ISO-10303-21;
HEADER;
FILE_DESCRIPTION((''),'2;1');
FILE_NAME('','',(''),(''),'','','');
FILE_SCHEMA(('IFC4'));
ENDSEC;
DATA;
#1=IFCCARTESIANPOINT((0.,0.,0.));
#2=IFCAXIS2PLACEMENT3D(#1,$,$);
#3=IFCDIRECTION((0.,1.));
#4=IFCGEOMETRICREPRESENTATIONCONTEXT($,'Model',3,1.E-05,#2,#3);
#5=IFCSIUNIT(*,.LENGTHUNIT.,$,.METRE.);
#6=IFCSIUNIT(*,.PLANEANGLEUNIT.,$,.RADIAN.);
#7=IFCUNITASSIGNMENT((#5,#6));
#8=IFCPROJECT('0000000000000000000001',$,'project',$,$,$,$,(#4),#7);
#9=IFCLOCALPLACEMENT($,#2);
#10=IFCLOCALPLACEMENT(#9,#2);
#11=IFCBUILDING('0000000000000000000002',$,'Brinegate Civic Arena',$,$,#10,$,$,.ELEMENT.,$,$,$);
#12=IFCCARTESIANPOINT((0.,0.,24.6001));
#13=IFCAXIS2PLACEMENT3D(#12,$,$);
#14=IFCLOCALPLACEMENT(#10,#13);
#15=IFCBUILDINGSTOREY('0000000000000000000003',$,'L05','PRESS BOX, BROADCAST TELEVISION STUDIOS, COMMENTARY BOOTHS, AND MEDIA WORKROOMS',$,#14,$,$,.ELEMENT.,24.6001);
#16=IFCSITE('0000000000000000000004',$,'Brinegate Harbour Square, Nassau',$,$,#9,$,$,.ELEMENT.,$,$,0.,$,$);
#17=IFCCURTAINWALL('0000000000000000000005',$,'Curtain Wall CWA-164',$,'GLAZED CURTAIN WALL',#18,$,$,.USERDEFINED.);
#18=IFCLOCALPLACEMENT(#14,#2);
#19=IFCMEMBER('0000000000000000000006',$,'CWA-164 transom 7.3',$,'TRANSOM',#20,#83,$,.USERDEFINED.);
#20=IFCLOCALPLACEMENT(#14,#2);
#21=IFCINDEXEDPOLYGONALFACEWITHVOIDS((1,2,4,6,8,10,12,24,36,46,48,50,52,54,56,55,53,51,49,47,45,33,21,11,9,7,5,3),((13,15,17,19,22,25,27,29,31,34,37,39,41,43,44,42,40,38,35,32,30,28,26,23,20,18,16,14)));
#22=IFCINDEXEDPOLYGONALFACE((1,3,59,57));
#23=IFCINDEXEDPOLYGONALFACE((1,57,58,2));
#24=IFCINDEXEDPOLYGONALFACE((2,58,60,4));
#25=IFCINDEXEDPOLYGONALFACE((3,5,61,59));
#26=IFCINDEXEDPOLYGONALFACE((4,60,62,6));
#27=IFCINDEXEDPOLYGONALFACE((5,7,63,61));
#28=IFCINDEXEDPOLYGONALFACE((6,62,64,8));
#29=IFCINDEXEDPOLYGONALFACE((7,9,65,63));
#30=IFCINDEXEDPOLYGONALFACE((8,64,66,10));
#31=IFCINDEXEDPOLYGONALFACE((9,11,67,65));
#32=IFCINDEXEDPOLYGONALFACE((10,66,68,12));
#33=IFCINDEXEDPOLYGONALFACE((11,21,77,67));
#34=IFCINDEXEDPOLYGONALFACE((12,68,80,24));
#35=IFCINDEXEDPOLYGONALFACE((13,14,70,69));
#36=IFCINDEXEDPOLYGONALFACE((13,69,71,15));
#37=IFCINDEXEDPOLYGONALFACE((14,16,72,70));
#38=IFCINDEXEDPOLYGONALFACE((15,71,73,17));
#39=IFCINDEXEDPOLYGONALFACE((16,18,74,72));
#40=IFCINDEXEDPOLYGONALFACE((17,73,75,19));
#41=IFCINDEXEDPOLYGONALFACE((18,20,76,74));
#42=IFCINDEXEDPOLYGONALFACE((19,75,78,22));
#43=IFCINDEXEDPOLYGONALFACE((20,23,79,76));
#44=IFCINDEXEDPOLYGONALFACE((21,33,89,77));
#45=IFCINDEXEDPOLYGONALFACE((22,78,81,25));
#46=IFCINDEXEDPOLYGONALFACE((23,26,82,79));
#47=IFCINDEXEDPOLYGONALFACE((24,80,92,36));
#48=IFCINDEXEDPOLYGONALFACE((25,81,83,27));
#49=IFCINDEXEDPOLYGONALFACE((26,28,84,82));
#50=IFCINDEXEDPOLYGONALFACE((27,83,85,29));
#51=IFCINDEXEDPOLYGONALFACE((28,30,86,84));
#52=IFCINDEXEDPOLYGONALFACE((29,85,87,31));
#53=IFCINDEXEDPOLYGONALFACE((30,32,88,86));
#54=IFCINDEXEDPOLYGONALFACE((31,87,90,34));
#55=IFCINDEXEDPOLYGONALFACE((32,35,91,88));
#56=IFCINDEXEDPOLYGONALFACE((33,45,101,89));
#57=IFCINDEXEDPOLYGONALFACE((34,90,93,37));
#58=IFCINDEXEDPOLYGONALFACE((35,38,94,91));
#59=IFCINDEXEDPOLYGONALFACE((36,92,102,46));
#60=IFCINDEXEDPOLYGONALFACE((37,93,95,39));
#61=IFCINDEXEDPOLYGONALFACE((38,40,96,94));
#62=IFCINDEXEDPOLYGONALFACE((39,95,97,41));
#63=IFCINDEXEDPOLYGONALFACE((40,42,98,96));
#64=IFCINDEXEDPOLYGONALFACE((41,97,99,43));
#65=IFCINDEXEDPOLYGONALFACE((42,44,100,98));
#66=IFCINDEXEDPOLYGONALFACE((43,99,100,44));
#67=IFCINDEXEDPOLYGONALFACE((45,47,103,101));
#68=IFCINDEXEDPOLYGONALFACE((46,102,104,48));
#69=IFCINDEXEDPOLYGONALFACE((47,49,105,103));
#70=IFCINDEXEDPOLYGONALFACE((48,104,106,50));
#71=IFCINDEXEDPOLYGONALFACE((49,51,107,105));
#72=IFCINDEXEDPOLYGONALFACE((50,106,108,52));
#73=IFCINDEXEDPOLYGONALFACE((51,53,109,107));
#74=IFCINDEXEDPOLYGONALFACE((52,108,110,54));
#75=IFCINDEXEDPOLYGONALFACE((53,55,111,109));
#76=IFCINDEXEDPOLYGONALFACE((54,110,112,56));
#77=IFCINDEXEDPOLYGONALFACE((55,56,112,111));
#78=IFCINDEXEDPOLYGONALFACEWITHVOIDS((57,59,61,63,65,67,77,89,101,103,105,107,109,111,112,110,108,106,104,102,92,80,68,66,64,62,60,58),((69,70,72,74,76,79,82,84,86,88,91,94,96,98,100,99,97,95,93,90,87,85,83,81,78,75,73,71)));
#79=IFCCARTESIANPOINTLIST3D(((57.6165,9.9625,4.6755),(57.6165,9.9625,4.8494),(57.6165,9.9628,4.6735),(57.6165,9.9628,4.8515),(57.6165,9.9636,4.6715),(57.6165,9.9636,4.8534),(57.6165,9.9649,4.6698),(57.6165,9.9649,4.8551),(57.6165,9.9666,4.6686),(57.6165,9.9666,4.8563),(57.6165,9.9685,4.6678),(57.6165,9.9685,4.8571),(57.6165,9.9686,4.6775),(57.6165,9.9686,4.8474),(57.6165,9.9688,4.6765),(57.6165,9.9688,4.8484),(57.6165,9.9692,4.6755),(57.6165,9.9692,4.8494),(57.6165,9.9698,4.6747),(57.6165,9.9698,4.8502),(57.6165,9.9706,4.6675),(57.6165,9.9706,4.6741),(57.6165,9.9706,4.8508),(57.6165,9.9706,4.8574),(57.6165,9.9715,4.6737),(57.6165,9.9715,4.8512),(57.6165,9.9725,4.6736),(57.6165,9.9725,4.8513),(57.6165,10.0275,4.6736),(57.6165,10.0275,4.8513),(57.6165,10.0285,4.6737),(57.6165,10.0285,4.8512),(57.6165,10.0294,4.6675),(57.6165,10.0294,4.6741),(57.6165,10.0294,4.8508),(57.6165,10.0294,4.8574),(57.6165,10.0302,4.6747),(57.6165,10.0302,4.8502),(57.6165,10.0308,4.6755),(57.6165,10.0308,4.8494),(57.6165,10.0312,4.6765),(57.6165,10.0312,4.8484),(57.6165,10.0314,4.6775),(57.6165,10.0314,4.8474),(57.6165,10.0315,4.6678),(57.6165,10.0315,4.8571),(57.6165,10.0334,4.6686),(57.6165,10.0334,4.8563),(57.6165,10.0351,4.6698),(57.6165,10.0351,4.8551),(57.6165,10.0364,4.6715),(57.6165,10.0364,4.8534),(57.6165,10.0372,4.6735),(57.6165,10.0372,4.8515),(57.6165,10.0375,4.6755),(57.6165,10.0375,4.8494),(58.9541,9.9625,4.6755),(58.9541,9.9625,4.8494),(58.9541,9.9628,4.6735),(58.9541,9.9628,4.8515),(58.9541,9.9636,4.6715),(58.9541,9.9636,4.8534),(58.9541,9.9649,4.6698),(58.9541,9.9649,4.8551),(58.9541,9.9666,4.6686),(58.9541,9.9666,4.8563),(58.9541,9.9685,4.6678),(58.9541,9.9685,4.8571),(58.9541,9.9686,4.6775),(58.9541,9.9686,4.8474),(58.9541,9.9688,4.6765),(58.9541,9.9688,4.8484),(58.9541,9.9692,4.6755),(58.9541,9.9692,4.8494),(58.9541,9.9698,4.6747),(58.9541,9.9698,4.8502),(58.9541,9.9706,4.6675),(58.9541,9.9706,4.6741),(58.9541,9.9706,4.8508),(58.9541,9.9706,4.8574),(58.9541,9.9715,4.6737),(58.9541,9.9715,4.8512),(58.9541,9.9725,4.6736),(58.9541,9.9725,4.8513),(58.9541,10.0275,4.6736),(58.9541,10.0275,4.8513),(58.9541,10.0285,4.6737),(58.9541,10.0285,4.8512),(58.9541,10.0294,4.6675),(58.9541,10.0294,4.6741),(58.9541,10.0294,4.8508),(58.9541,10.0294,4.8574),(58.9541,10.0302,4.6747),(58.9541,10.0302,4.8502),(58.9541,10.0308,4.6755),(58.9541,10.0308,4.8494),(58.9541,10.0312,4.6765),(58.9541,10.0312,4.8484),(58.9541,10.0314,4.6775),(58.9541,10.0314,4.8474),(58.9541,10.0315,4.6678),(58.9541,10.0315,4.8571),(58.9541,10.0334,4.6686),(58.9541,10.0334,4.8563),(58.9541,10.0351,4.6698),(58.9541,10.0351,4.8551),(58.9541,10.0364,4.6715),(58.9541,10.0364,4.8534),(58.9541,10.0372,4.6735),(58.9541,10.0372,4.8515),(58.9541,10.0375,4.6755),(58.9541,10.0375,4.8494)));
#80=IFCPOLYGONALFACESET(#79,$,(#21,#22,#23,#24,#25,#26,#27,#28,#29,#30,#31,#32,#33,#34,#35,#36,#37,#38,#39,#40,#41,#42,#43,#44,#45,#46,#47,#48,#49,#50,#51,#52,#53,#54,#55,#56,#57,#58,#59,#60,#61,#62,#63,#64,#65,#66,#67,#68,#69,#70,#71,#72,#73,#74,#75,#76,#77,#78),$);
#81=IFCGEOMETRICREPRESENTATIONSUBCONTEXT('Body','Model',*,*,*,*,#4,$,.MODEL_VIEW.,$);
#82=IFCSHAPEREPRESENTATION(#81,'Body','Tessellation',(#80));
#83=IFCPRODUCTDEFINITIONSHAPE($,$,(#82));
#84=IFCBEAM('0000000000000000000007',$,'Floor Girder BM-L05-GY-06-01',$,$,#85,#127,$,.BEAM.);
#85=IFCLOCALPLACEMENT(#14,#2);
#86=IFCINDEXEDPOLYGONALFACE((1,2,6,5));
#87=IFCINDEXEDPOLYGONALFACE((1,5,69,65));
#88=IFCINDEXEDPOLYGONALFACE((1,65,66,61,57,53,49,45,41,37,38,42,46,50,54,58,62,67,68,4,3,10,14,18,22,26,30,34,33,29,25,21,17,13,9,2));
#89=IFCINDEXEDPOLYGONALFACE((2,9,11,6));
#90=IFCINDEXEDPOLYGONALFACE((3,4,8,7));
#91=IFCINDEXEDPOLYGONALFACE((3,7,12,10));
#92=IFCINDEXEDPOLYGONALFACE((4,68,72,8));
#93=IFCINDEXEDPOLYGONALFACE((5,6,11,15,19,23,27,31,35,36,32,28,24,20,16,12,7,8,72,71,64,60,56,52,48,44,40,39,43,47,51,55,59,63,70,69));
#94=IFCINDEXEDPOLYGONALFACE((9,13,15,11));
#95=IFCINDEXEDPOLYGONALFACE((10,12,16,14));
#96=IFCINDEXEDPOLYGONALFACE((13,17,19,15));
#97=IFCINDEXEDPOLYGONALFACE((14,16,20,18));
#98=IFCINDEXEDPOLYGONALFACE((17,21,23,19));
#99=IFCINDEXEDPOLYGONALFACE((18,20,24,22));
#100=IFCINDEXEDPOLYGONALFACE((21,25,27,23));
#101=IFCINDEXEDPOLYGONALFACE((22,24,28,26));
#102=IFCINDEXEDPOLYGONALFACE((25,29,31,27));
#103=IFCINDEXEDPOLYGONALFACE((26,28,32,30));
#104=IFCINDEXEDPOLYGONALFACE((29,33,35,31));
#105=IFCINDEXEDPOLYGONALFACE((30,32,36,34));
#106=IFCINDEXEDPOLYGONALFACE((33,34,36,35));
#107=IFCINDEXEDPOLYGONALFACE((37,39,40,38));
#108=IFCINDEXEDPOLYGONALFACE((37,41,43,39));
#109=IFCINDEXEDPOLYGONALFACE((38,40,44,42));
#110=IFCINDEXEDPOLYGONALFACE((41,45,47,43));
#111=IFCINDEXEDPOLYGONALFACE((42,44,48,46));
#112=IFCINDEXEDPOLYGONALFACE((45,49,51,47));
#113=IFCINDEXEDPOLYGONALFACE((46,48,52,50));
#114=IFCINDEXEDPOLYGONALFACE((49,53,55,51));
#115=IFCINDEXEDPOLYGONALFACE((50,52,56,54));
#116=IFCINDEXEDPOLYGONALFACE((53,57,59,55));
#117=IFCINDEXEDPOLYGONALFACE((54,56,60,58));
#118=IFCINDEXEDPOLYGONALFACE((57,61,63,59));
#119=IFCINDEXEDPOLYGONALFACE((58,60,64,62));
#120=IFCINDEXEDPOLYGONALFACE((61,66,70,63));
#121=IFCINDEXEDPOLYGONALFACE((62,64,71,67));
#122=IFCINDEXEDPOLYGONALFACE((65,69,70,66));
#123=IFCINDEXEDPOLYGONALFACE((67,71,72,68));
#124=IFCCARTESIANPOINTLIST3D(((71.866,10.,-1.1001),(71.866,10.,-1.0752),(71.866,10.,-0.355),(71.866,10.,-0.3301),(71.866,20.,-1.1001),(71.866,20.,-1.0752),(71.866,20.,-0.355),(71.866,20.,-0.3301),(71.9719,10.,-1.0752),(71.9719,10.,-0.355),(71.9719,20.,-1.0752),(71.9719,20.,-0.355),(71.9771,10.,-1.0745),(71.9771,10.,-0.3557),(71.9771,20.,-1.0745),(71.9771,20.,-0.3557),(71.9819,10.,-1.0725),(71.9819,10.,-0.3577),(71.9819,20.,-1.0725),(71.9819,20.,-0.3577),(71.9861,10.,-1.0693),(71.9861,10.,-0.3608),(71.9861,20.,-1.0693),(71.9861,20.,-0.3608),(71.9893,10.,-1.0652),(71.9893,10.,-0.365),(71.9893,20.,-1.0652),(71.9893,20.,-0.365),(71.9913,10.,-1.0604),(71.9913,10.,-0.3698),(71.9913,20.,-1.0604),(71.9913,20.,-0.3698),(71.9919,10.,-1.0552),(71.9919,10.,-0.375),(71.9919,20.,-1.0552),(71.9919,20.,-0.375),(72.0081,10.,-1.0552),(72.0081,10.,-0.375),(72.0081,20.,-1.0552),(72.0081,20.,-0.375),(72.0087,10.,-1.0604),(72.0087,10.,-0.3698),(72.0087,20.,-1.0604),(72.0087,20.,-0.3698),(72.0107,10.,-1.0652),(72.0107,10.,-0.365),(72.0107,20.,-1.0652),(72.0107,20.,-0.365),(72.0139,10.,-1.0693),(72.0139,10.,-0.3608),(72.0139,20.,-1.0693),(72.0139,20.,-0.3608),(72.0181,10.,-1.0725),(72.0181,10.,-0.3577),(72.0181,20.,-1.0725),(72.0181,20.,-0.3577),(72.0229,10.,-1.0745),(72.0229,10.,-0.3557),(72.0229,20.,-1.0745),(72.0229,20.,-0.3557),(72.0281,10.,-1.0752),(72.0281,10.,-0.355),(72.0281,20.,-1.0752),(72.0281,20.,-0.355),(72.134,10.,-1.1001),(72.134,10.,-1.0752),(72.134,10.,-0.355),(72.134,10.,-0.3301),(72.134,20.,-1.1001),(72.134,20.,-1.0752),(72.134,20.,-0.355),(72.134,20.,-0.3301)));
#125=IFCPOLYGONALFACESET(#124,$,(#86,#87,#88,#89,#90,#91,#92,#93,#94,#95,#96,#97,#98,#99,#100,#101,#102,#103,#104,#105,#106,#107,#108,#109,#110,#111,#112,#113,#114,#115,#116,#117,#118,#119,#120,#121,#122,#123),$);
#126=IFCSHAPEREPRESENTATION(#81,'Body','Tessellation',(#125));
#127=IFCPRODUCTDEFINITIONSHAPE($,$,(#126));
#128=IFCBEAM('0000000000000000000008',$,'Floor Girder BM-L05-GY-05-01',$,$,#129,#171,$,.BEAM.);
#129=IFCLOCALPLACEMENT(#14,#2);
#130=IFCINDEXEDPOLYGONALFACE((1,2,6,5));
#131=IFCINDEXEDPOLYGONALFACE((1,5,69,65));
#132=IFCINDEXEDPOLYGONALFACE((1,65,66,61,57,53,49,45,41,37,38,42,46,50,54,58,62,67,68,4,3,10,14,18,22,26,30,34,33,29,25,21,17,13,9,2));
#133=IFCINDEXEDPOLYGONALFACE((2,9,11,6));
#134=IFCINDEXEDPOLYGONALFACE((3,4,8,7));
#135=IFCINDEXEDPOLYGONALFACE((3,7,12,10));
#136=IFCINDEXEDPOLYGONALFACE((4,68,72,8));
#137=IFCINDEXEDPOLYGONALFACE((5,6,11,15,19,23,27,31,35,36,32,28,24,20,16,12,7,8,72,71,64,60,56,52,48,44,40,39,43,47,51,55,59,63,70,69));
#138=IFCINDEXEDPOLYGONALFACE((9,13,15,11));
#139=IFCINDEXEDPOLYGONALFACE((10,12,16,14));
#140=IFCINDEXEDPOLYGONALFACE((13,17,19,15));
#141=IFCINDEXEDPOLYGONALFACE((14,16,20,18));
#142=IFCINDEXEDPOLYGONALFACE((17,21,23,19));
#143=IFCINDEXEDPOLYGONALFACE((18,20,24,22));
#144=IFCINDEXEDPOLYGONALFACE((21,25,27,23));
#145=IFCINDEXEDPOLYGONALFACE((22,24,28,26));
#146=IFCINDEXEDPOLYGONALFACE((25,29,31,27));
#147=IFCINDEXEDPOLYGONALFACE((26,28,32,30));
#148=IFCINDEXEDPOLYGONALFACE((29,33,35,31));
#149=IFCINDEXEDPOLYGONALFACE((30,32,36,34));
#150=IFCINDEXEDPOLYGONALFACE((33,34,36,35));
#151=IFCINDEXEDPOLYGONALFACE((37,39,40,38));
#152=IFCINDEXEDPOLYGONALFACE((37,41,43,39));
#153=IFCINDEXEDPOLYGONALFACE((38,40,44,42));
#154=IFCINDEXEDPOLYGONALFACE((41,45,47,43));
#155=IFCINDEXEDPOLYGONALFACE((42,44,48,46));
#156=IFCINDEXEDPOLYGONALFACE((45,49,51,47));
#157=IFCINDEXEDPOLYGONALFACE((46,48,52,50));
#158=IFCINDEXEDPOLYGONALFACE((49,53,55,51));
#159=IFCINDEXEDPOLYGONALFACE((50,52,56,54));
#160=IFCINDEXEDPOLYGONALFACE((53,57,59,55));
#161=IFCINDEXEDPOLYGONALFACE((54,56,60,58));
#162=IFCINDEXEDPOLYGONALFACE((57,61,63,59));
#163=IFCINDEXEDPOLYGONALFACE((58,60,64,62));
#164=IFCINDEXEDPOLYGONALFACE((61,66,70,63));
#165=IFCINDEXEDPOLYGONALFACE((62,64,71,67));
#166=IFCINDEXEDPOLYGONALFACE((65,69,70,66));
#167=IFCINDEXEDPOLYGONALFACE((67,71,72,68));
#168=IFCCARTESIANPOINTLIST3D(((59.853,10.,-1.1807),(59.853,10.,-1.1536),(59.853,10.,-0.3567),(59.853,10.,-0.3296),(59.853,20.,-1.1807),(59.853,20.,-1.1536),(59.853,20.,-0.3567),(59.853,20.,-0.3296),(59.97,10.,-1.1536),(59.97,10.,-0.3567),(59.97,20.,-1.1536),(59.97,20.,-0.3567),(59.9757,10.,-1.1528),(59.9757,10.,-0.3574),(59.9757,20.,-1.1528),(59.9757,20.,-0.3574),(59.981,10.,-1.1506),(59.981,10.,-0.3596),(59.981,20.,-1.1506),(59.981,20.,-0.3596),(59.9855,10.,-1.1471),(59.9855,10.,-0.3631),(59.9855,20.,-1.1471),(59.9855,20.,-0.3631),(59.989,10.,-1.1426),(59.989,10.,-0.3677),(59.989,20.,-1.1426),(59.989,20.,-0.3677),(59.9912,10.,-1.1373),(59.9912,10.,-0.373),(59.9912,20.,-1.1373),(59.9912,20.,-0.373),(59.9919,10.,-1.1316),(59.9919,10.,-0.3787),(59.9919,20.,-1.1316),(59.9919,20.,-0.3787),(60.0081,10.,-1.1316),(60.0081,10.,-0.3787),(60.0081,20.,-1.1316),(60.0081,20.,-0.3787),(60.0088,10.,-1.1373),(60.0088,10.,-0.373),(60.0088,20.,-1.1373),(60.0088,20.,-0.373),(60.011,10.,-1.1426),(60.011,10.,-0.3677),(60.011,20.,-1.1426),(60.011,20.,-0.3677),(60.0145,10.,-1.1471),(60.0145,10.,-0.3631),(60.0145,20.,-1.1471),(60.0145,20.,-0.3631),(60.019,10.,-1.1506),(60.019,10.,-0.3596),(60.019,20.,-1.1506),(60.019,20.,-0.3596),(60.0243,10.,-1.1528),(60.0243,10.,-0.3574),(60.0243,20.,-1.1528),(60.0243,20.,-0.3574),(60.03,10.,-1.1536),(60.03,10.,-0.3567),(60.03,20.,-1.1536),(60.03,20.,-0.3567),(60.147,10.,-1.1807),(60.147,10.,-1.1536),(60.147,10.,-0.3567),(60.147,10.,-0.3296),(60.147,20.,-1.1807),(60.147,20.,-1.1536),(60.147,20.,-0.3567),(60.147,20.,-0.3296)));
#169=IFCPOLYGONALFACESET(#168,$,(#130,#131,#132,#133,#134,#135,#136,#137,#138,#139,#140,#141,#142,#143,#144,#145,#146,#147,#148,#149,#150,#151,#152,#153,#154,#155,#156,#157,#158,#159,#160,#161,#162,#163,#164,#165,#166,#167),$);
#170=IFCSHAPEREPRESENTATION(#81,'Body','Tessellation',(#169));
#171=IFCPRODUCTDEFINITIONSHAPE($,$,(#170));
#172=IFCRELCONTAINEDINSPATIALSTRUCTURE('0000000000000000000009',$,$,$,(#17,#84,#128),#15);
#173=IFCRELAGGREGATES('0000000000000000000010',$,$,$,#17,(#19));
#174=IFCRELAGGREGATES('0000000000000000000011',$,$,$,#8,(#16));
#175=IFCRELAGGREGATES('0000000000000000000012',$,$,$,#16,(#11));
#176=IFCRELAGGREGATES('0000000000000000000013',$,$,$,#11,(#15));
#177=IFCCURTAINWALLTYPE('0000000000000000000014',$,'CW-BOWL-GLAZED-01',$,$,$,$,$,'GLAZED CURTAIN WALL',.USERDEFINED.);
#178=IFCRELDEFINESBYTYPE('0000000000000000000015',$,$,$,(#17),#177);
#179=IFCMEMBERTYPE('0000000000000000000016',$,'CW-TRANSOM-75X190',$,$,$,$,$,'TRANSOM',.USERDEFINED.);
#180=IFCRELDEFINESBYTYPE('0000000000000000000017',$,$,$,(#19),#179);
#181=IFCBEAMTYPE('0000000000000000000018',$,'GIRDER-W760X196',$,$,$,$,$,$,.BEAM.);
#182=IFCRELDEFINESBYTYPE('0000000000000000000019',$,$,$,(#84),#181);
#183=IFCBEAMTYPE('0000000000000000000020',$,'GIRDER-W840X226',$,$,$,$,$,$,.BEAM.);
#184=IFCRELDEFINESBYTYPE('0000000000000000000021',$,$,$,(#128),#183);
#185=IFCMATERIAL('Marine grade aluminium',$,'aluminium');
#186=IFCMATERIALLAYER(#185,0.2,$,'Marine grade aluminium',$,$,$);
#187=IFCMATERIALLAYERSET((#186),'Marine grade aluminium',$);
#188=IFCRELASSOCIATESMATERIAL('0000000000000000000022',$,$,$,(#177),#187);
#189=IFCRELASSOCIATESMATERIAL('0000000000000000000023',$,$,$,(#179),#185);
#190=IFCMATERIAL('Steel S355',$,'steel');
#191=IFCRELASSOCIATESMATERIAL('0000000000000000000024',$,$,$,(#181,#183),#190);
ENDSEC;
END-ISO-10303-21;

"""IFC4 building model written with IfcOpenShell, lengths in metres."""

from ifc_helpers import new_model, si_unit, direction, frame, origin, origin_2d, place, context, subcontext, project, spatial, hollow_rectangle, i_section, extrude, material, layer, layer_set, material_profile, profile_set, type_object, element, aggregate, save


model = new_model("IFC4")

# Units and contexts
model_context = context("Model", 3, precision=1e-05, world=origin(), true_north=direction((0.0, 1.0)))
body_context = subcontext(model_context, "Body", "Model", "MODEL_VIEW")
ifc_project = project(units=[si_unit("LENGTHUNIT", "METRE"), si_unit("PLANEANGLEUNIT", "RADIAN")], contexts=[model_context])

# Site, building, storey
site_placement = place(None, origin())
site = spatial("IfcSite", under=ifc_project, at=site_placement, Name="Brinegate Harbour Square, Nassau", CompositionType="ELEMENT", RefElevation=0.0)
building_placement = place(site_placement, origin())
building = spatial("IfcBuilding", under=site, at=building_placement, Name="Brinegate Civic Arena", CompositionType="ELEMENT")
storey_placement = place(building_placement, frame((0.0, 0.0, 24.6001)))
storey = spatial("IfcBuildingStorey", under=building, at=storey_placement, Name="L05", Description="PRESS BOX, BROADCAST TELEVISION STUDIOS, COMMENTARY BOOTHS, AND MEDIA WORKROOMS", CompositionType="ELEMENT", Elevation=24.6001)

# Shared definitions
ifc_material_1 = material(Name="Steel S355", Category="steel")

# Curtain wall
ifc_material_2 = material(Name="Marine grade aluminium", Category="aluminium")
ifc_layer_1 = layer(ifc_material_2, 0.2, Name="Marine grade aluminium")
ifc_layer_set_1 = layer_set([ifc_layer_1], Name="Marine grade aluminium")
curtain_wall_type = type_object("IfcCurtainWallType", Name="CW-BOWL-GLAZED-01", ElementType="GLAZED CURTAIN WALL", PredefinedType="USERDEFINED", material=ifc_layer_set_1)
curtain_wall_1_placement = place(storey_placement, origin())
curtain_wall_1 = element("IfcCurtainWall", 1, at=curtain_wall_1_placement, inside=storey, type_object=curtain_wall_type, Name="Curtain Wall CWA-164", ObjectType="GLAZED CURTAIN WALL", PredefinedType="USERDEFINED")

# Member
ifc_material_profile_1 = material_profile(ifc_material_2, hollow_rectangle(XDim=0.075, YDim=0.1899, WallThickness=0.0061, InnerFilletRadius=0.0039, OuterFilletRadius=0.0081, at=origin_2d()), Name="TRN75X190")
ifc_profile_set_1 = profile_set([ifc_material_profile_1], Name="Marine grade aluminium")
member_type_1 = type_object("IfcMemberType", Name="CW-TRANSOM-75X190", ElementType="TRANSOM", PredefinedType="USERDEFINED", material=ifc_profile_set_1)
member_1_placement = place(storey_placement, frame((57.6165, 10.0, 4.7625), z_axis=(1.0, 0.0, 0.0), x_axis=(0.0, 1.0, 0.0)))
member_1 = element("IfcMember", 2, at=member_1_placement, type_object=member_type_1, Name="CWA-164 transom 7.3", ObjectType="TRANSOM", PredefinedType="USERDEFINED", context=body_context, shape_type="SweptSolid", body=[
    extrude(hollow_rectangle(XDim=0.075, YDim=0.1899, WallThickness=0.0061, InnerFilletRadius=0.0039, OuterFilletRadius=0.0081, at=origin_2d()), origin(), (0.0, 0.0, 1.0), 1.3376),
])

# Beams
ifc_material_profile_2 = material_profile(ifc_material_1, i_section(OverallWidth=0.2681, OverallDepth=0.77, WebThickness=0.0161, FlangeThickness=0.0249, FilletRadius=0.02, at=origin_2d()), Name="W760X196")
ifc_profile_set_2 = profile_set([ifc_material_profile_2], Name="Steel S355")
beam_type_1 = type_object("IfcBeamType", Name="GIRDER-W760X196", PredefinedType="BEAM", material=ifc_profile_set_2)
beam_1_placement = place(storey_placement, frame((72.0, 10.0, -0.7151), z_axis=(0.0, 1.0, 0.0), x_axis=(-1.0, 0.0, 0.0)))
element("IfcBeam", 3, at=beam_1_placement, inside=storey, type_object=beam_type_1, Name="Floor Girder BM-L05-GY-06-01", PredefinedType="BEAM", context=body_context, shape_type="SweptSolid", body=[
    extrude(i_section(OverallWidth=0.2681, OverallDepth=0.77, WebThickness=0.0161, FlangeThickness=0.0249, FilletRadius=0.02, at=origin_2d()), origin(), (0.0, 0.0, 1.0), 10.0),
])
ifc_material_profile_3 = material_profile(ifc_material_1, i_section(OverallWidth=0.2939, OverallDepth=0.8511, WebThickness=0.0161, FlangeThickness=0.0271, FilletRadius=0.022, at=origin_2d()), Name="W840X226")
ifc_profile_set_3 = profile_set([ifc_material_profile_3], Name="Steel S355")
beam_type_2 = type_object("IfcBeamType", Name="GIRDER-W840X226", PredefinedType="BEAM", material=ifc_profile_set_3)
beam_2_placement = place(storey_placement, frame((60.0, 10.0, -0.7551), z_axis=(0.0, 1.0, 0.0), x_axis=(-1.0, 0.0, 0.0)))
element("IfcBeam", 4, at=beam_2_placement, inside=storey, type_object=beam_type_2, Name="Floor Girder BM-L05-GY-05-01", PredefinedType="BEAM", context=body_context, shape_type="SweptSolid", body=[
    extrude(i_section(OverallWidth=0.2939, OverallDepth=0.8511, WebThickness=0.0161, FlangeThickness=0.0271, FilletRadius=0.022, at=origin_2d()), origin(), (0.0, 0.0, 1.0), 10.0),
])

aggregate(curtain_wall_1, [member_1])

save(model, "model.ifc")
